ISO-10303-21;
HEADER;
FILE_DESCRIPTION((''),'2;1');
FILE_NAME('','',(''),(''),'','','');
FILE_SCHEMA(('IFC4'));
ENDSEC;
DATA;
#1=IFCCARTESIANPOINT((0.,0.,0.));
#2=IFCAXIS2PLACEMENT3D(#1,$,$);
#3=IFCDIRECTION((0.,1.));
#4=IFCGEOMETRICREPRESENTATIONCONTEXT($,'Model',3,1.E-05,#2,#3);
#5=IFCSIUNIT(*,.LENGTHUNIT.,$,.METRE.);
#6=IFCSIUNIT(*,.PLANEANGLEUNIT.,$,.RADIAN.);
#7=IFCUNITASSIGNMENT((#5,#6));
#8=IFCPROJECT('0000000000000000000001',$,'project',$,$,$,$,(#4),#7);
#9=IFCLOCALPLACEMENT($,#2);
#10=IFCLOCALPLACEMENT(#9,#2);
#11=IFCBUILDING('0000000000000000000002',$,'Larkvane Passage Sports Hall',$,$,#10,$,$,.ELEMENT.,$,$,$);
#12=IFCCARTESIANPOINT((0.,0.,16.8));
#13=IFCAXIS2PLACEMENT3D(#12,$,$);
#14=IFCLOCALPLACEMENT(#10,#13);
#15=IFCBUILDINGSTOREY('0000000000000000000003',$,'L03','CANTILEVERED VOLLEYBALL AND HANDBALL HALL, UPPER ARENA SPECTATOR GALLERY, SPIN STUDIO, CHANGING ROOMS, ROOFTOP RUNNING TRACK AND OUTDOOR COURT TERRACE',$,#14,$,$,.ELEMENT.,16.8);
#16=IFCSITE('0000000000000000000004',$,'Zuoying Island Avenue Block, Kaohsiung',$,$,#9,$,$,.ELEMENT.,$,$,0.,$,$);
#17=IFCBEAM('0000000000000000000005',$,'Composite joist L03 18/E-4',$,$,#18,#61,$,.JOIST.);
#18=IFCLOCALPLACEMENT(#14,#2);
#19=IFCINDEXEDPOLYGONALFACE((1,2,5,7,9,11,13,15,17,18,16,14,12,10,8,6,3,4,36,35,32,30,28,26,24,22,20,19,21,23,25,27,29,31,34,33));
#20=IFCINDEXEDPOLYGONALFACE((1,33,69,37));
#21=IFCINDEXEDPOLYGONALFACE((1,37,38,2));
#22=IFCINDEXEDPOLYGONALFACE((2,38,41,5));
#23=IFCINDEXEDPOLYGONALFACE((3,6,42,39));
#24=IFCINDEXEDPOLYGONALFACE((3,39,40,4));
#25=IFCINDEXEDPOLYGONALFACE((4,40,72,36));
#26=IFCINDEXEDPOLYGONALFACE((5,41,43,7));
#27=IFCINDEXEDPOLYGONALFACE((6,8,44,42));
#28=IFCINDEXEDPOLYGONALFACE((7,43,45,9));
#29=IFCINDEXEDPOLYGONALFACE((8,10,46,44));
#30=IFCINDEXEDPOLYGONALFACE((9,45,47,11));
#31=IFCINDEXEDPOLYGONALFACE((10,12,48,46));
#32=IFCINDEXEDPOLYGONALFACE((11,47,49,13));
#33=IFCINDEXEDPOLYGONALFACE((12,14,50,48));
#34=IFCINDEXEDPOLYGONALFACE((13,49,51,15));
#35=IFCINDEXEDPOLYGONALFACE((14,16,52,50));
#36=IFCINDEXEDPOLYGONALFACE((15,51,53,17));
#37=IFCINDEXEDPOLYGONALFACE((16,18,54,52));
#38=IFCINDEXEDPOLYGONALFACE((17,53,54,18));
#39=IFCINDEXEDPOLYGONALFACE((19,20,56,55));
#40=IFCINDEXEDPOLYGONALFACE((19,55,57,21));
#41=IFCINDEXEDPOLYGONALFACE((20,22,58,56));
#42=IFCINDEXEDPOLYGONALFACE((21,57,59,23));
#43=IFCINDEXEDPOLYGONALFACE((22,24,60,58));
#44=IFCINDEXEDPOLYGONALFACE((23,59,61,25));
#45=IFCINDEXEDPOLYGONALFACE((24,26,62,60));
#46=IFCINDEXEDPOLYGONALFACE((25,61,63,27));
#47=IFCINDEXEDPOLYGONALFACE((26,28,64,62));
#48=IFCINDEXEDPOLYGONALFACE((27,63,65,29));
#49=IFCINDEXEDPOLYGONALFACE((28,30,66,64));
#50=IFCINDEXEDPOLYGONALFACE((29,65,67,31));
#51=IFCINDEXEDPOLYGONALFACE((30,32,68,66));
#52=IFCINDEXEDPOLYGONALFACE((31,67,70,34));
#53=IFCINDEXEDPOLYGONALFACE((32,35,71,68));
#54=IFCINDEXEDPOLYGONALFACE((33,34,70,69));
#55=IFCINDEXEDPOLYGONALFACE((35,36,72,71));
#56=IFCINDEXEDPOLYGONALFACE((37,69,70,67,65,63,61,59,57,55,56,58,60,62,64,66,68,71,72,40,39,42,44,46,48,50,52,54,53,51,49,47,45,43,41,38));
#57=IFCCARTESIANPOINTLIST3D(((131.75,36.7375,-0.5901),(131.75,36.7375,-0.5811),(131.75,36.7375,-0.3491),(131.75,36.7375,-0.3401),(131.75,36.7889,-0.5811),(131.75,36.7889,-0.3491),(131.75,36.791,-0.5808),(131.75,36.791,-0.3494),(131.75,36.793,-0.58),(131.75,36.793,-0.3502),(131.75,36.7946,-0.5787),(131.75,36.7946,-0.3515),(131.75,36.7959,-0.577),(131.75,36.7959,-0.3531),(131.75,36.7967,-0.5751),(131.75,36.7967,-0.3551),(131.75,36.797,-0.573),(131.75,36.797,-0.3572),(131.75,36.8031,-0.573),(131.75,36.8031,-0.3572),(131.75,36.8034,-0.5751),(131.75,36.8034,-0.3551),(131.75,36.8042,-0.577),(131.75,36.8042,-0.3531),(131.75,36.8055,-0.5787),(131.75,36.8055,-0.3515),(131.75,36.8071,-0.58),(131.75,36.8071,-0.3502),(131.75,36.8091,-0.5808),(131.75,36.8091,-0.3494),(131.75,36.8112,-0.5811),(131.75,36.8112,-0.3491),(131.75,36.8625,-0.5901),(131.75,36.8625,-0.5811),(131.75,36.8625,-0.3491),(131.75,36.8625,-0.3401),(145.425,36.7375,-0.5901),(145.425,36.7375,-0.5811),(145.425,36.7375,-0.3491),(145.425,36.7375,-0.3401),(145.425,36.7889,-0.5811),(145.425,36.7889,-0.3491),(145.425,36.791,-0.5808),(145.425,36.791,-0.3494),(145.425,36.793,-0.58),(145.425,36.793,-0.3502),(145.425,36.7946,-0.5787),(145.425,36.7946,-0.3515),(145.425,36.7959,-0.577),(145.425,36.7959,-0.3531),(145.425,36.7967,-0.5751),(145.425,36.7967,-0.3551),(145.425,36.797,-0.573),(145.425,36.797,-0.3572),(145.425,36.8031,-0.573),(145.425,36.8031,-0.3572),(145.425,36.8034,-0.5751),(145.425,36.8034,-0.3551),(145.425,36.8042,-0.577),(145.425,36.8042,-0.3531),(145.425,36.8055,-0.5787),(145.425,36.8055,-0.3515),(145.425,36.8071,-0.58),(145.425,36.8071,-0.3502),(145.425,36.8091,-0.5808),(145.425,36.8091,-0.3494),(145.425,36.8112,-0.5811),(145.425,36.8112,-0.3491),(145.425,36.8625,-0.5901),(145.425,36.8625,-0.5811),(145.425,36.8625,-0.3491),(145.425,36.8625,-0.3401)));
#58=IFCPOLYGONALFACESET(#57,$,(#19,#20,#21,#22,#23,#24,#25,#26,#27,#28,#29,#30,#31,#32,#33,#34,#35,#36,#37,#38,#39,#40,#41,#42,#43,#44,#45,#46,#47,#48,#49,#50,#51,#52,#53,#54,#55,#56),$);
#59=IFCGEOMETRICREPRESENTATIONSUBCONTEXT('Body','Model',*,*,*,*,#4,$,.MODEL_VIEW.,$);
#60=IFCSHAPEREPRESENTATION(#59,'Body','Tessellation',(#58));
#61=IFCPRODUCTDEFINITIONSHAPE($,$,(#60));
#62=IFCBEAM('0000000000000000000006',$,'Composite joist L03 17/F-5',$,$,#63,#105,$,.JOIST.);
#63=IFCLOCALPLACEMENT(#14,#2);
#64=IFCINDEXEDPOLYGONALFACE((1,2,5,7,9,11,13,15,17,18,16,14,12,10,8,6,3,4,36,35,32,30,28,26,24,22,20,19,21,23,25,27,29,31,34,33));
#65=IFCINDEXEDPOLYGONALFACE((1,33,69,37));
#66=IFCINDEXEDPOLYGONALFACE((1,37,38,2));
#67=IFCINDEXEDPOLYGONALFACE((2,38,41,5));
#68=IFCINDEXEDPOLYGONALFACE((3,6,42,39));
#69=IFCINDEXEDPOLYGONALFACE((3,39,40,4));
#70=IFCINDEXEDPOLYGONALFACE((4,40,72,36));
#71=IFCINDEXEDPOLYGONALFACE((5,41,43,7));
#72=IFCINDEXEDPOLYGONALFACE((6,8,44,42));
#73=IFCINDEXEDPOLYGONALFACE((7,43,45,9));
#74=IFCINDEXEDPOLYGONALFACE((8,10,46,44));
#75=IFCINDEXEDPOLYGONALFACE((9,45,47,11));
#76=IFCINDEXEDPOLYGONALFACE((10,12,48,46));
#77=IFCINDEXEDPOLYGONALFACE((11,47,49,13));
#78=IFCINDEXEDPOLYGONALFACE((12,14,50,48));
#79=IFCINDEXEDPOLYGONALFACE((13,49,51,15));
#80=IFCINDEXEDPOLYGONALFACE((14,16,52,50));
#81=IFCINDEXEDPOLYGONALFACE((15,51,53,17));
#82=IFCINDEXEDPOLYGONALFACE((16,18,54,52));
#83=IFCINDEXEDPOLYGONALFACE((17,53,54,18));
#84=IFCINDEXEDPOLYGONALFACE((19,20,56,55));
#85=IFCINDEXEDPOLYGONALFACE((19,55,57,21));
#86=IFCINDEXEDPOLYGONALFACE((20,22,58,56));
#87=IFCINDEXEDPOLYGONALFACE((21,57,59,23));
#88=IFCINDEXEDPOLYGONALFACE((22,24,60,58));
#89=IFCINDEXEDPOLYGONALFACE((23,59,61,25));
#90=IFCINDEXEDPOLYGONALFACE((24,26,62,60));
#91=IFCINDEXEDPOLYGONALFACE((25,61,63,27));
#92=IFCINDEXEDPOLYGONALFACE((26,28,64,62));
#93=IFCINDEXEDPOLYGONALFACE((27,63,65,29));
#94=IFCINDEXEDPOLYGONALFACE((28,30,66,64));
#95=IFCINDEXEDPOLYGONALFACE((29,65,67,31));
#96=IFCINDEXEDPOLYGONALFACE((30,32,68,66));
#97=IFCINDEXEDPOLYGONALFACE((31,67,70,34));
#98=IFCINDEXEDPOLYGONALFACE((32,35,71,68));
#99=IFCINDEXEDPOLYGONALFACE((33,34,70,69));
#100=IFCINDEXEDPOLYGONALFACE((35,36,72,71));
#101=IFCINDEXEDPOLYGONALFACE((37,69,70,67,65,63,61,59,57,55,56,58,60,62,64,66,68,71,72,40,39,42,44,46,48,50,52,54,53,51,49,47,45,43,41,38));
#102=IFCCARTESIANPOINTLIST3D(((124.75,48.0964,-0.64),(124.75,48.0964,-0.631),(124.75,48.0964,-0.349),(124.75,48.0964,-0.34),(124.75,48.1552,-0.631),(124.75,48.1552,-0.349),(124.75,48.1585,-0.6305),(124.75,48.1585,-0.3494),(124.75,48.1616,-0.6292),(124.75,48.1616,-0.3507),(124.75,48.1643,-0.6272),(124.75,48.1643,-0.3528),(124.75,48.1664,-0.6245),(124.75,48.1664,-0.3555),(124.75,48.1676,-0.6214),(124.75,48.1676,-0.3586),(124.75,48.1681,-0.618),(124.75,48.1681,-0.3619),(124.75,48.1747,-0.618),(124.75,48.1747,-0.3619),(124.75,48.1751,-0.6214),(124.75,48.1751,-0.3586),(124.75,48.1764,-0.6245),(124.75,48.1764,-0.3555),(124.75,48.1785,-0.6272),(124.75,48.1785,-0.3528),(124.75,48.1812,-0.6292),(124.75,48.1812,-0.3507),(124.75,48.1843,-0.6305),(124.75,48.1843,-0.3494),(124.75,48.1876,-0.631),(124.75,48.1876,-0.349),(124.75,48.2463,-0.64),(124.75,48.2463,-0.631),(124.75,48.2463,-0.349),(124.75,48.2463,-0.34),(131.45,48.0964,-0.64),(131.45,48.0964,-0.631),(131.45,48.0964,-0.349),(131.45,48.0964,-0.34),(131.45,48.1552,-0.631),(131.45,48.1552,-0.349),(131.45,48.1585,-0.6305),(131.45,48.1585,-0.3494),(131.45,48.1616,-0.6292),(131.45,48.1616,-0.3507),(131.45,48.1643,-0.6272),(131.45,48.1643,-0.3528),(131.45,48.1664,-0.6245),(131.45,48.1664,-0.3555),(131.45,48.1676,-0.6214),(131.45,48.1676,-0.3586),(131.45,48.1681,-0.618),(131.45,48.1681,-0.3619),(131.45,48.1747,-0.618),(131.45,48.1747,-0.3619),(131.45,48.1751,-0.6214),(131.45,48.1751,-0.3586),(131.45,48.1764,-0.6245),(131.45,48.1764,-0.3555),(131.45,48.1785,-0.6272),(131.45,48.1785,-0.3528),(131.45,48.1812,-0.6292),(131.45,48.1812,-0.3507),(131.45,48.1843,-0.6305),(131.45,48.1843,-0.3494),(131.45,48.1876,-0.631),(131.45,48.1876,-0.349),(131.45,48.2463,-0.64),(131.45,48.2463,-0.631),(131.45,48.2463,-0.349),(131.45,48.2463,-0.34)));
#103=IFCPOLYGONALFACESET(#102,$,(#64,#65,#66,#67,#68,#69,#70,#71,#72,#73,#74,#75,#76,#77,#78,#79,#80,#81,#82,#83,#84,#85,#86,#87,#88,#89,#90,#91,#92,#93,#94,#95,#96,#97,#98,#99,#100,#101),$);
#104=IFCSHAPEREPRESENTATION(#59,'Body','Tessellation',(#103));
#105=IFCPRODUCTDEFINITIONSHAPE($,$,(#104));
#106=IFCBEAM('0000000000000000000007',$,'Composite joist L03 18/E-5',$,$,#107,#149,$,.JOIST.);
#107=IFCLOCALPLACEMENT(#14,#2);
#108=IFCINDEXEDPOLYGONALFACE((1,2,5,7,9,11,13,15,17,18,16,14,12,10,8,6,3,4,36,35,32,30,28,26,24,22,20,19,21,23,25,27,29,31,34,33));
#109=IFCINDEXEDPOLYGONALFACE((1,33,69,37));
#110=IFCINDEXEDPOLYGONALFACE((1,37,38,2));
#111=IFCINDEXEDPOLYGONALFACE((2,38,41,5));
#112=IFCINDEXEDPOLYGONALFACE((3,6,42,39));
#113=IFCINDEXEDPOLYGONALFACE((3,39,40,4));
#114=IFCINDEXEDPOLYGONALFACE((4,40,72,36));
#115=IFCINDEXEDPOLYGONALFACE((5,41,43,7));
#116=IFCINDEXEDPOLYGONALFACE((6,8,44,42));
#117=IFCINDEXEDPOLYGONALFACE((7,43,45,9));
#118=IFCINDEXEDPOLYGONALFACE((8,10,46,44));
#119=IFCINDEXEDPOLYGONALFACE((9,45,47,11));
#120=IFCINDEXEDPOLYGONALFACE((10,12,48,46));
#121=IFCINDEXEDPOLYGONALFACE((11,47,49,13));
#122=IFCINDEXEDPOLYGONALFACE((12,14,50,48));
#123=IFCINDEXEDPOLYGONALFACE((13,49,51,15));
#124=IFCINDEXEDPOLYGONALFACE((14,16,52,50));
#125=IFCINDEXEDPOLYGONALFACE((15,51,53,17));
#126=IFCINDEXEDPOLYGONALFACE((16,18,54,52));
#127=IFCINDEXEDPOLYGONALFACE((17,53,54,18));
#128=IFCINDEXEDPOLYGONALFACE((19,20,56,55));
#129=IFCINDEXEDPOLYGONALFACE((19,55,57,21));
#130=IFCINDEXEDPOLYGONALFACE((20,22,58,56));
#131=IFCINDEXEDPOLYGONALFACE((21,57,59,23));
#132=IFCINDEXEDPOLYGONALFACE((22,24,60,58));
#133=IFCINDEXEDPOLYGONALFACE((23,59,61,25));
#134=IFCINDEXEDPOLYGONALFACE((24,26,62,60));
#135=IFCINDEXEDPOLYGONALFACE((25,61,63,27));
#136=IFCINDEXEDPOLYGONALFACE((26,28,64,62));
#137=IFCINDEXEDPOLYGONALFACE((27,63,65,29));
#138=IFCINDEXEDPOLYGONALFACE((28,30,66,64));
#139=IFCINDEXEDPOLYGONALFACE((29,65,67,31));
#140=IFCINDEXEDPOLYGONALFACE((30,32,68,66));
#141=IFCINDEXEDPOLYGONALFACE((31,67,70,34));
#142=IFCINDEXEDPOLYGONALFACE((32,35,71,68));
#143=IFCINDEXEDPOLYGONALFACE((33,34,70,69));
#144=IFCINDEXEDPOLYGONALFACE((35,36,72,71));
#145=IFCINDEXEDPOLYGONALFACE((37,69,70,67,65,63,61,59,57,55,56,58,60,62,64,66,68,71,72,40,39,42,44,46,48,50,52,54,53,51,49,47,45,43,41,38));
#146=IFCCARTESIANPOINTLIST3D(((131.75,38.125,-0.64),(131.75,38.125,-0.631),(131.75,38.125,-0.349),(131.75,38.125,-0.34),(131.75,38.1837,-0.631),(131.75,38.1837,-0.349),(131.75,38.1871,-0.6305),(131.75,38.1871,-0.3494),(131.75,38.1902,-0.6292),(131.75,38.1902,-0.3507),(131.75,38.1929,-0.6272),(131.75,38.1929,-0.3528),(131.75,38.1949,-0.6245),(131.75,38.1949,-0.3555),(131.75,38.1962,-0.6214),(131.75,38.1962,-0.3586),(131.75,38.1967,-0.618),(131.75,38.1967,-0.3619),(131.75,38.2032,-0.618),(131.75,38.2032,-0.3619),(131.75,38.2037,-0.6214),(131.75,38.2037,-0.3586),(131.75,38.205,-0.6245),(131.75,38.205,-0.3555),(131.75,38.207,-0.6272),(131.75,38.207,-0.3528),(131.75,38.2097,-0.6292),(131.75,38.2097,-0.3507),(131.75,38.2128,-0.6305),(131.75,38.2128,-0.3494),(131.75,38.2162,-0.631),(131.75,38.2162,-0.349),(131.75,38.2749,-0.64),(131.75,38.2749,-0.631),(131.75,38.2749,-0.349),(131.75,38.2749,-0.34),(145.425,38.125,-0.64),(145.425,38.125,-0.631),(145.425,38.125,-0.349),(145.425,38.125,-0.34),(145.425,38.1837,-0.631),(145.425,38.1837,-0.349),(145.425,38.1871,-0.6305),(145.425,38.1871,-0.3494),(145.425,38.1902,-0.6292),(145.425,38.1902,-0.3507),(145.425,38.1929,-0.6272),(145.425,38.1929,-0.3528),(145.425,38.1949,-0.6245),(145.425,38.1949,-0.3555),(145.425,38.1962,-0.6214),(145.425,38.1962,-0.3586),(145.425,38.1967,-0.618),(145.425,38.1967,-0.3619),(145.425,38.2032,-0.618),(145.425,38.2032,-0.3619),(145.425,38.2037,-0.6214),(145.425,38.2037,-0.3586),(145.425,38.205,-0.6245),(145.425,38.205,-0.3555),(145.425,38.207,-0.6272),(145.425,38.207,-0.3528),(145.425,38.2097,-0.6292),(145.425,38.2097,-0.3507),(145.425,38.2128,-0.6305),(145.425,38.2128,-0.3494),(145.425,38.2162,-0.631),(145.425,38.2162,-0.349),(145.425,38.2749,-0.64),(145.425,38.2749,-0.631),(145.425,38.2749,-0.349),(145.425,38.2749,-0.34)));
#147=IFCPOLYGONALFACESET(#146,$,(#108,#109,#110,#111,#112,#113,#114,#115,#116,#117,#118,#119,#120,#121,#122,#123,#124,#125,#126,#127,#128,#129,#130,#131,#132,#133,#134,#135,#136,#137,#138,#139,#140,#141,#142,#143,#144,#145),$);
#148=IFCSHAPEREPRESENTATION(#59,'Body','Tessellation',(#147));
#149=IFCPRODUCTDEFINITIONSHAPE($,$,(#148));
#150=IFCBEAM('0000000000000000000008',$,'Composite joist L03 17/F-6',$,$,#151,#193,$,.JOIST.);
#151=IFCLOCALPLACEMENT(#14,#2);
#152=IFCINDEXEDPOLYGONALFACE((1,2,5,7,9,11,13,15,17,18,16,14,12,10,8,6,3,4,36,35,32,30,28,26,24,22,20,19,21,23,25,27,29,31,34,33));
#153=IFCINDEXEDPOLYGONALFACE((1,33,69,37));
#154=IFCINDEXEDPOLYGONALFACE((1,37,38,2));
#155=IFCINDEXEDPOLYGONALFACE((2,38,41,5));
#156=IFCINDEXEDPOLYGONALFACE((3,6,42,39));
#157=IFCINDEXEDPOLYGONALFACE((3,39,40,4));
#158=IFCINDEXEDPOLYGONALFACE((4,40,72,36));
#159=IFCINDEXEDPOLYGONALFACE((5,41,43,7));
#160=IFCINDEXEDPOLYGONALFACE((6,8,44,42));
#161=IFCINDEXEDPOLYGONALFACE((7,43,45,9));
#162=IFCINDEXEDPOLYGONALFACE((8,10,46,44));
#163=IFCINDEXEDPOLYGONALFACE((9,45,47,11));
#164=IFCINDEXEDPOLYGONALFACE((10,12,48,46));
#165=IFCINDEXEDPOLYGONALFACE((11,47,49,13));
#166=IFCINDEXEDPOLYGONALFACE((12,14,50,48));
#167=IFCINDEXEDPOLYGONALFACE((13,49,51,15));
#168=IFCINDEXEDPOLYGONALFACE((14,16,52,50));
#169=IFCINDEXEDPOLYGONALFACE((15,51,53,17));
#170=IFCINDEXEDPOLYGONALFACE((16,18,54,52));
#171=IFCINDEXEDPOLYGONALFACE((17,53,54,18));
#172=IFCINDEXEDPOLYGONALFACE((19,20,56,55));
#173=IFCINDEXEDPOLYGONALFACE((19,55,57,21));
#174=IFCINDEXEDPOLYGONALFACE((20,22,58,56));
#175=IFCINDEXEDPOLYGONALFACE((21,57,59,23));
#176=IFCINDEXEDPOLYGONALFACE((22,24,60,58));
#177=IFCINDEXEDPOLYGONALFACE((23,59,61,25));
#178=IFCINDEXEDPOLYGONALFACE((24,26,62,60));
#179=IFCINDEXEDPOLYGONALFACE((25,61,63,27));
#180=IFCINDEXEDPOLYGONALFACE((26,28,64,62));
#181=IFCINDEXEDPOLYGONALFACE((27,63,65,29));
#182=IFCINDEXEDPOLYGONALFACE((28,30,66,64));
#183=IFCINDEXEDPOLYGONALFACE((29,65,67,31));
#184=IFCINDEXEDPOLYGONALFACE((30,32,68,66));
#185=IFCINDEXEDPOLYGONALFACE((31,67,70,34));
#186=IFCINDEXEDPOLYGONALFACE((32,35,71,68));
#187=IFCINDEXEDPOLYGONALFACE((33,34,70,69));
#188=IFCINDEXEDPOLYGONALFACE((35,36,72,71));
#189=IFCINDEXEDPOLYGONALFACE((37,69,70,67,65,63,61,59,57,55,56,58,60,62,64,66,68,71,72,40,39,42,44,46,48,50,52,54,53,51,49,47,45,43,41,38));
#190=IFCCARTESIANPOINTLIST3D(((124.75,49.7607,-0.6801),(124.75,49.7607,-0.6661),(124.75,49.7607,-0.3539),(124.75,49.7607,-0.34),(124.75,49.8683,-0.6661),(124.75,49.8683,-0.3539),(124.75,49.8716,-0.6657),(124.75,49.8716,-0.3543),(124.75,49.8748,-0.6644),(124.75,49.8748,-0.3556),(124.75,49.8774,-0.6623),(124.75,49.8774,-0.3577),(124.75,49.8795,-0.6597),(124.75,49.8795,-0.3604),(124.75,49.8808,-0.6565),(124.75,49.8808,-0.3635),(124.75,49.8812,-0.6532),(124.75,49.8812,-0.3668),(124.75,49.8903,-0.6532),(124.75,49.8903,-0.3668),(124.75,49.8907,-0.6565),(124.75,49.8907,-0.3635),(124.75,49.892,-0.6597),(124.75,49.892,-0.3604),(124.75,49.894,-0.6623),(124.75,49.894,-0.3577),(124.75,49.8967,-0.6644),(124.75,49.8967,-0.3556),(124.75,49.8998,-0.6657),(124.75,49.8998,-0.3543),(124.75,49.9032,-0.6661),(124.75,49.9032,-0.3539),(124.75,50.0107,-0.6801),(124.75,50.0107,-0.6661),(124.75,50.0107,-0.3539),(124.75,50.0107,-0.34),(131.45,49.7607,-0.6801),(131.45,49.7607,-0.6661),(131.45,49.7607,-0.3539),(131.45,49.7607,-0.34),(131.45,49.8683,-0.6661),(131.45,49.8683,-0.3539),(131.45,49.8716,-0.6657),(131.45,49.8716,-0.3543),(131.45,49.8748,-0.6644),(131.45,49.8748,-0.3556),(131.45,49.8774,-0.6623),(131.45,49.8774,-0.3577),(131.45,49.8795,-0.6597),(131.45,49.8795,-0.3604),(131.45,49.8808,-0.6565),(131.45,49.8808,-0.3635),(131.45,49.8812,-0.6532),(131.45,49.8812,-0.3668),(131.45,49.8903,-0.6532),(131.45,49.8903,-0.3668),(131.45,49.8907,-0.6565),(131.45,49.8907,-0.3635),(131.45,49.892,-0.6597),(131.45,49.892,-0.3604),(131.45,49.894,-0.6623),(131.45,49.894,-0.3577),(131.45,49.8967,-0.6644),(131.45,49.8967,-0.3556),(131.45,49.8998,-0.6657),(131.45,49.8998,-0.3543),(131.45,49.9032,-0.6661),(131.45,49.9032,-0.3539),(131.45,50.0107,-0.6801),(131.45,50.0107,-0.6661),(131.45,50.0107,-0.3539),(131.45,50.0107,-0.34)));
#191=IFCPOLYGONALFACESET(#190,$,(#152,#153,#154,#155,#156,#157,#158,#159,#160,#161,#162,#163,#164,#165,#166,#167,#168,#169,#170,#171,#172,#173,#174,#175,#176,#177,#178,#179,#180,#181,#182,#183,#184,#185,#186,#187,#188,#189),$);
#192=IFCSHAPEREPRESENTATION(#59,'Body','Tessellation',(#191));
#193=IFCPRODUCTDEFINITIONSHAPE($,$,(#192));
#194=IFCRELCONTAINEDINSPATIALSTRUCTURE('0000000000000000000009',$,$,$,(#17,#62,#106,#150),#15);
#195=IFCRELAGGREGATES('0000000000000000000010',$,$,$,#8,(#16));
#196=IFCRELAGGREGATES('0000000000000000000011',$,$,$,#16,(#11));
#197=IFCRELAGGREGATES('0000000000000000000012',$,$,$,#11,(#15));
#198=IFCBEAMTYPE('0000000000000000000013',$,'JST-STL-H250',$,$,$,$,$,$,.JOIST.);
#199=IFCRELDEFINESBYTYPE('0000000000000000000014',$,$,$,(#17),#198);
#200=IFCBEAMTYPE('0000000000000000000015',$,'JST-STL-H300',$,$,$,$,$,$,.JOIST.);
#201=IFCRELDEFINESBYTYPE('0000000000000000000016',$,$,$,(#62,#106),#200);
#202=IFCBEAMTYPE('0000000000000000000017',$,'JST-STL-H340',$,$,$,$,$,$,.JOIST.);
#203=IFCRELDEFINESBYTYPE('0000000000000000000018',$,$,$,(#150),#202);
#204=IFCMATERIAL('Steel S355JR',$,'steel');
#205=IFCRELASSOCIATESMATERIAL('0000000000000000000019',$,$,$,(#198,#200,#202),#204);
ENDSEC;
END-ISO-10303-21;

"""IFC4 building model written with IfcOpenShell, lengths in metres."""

from ifc_helpers import new_model, si_unit, direction, frame, origin, origin_2d, place, context, subcontext, project, spatial, i_section, extrude, material, material_profile, profile_set, type_object, element, save


model = new_model("IFC4")

# Units and contexts
model_context = context("Model", 3, precision=1e-05, world=origin(), true_north=direction((0.0, 1.0)))
body_context = subcontext(model_context, "Body", "Model", "MODEL_VIEW")
ifc_project = project(units=[si_unit("LENGTHUNIT", "METRE"), si_unit("PLANEANGLEUNIT", "RADIAN")], contexts=[model_context])

# Site, building, storey
site_placement = place(None, origin())
site = spatial("IfcSite", under=ifc_project, at=site_placement, Name="Zuoying Island Avenue Block, Kaohsiung", CompositionType="ELEMENT", RefElevation=0.0)
building_placement = place(site_placement, origin())
building = spatial("IfcBuilding", under=site, at=building_placement, Name="Larkvane Passage Sports Hall", CompositionType="ELEMENT")
storey_placement = place(building_placement, frame((0.0, 0.0, 16.8)))
storey = spatial("IfcBuildingStorey", under=building, at=storey_placement, Name="L03", Description="CANTILEVERED VOLLEYBALL AND HANDBALL HALL, UPPER ARENA SPECTATOR GALLERY, SPIN STUDIO, CHANGING ROOMS, ROOFTOP RUNNING TRACK AND OUTDOOR COURT TERRACE", CompositionType="ELEMENT", Elevation=16.8)

# Beams
ifc_material_1 = material(Name="Steel S355JR", Category="steel")
ifc_material_profile_1 = material_profile(ifc_material_1, i_section(OverallWidth=0.125, OverallDepth=0.25, WebThickness=0.0061, FlangeThickness=0.009, FilletRadius=0.0081, at=origin_2d()), Name="H-250x125x6x9")
ifc_profile_set_1 = profile_set([ifc_material_profile_1], Name="Steel S355JR")
beam_type_1 = type_object("IfcBeamType", Name="JST-STL-H250", PredefinedType="JOIST", material=ifc_profile_set_1)
beam_1_placement = place(storey_placement, frame((131.75, 36.8, -0.4651), z_axis=(1.0, 0.0, 0.0), x_axis=(0.0, 1.0, 0.0)))
element("IfcBeam", 1, at=beam_1_placement, inside=storey, type_object=beam_type_1, Name="Composite joist L03 18/E-4", PredefinedType="JOIST", context=body_context, shape_type="SweptSolid", body=[
    extrude(i_section(OverallWidth=0.125, OverallDepth=0.25, WebThickness=0.0061, FlangeThickness=0.009, FilletRadius=0.0081, at=origin_2d()), origin(), (0.0, 0.0, 1.0), 13.675),
])
ifc_material_profile_2 = material_profile(ifc_material_1, i_section(OverallWidth=0.1499, OverallDepth=0.3, WebThickness=0.0066, FlangeThickness=0.009, FilletRadius=0.0129, at=origin_2d()), Name="H-300x150x6.5x9")
ifc_profile_set_2 = profile_set([ifc_material_profile_2], Name="Steel S355JR")
beam_type_2 = type_object("IfcBeamType", Name="JST-STL-H300", PredefinedType="JOIST", material=ifc_profile_set_2)
beam_2_placement = place(storey_placement, frame((124.75, 48.1714, -0.49), z_axis=(1.0, 0.0, 0.0), x_axis=(0.0, 1.0, 0.0)))
element("IfcBeam", 2, at=beam_2_placement, inside=storey, type_object=beam_type_2, Name="Composite joist L03 17/F-5", PredefinedType="JOIST", context=body_context, shape_type="SweptSolid", body=[
    extrude(i_section(OverallWidth=0.1499, OverallDepth=0.3, WebThickness=0.0066, FlangeThickness=0.009, FilletRadius=0.0129, at=origin_2d()), origin(), (0.0, 0.0, 1.0), 6.7),
])
beam_3_placement = place(storey_placement, frame((131.75, 38.2, -0.49), z_axis=(1.0, 0.0, 0.0), x_axis=(0.0, 1.0, 0.0)))
element("IfcBeam", 3, at=beam_3_placement, inside=storey, type_object=beam_type_2, Name="Composite joist L03 18/E-5", PredefinedType="JOIST", context=body_context, shape_type="SweptSolid", body=[
    extrude(i_section(OverallWidth=0.1499, OverallDepth=0.3, WebThickness=0.0066, FlangeThickness=0.009, FilletRadius=0.0129, at=origin_2d()), origin(), (0.0, 0.0, 1.0), 13.675),
])
ifc_material_profile_3 = material_profile(ifc_material_1, i_section(OverallWidth=0.25, OverallDepth=0.3401, WebThickness=0.009, FlangeThickness=0.0139, FilletRadius=0.0129, at=origin_2d()), Name="H-340x250x9x14")
ifc_profile_set_3 = profile_set([ifc_material_profile_3], Name="Steel S355JR")
beam_type_3 = type_object("IfcBeamType", Name="JST-STL-H340", PredefinedType="JOIST", material=ifc_profile_set_3)
beam_4_placement = place(storey_placement, frame((124.75, 49.8857, -0.51), z_axis=(1.0, 0.0, 0.0), x_axis=(0.0, 1.0, 0.0)))
element("IfcBeam", 4, at=beam_4_placement, inside=storey, type_object=beam_type_3, Name="Composite joist L03 17/F-6", PredefinedType="JOIST", context=body_context, shape_type="SweptSolid", body=[
    extrude(i_section(OverallWidth=0.25, OverallDepth=0.3401, WebThickness=0.009, FlangeThickness=0.0139, FilletRadius=0.0129, at=origin_2d()), origin(), (0.0, 0.0, 1.0), 6.7),
])

save(model, "model.ifc")
